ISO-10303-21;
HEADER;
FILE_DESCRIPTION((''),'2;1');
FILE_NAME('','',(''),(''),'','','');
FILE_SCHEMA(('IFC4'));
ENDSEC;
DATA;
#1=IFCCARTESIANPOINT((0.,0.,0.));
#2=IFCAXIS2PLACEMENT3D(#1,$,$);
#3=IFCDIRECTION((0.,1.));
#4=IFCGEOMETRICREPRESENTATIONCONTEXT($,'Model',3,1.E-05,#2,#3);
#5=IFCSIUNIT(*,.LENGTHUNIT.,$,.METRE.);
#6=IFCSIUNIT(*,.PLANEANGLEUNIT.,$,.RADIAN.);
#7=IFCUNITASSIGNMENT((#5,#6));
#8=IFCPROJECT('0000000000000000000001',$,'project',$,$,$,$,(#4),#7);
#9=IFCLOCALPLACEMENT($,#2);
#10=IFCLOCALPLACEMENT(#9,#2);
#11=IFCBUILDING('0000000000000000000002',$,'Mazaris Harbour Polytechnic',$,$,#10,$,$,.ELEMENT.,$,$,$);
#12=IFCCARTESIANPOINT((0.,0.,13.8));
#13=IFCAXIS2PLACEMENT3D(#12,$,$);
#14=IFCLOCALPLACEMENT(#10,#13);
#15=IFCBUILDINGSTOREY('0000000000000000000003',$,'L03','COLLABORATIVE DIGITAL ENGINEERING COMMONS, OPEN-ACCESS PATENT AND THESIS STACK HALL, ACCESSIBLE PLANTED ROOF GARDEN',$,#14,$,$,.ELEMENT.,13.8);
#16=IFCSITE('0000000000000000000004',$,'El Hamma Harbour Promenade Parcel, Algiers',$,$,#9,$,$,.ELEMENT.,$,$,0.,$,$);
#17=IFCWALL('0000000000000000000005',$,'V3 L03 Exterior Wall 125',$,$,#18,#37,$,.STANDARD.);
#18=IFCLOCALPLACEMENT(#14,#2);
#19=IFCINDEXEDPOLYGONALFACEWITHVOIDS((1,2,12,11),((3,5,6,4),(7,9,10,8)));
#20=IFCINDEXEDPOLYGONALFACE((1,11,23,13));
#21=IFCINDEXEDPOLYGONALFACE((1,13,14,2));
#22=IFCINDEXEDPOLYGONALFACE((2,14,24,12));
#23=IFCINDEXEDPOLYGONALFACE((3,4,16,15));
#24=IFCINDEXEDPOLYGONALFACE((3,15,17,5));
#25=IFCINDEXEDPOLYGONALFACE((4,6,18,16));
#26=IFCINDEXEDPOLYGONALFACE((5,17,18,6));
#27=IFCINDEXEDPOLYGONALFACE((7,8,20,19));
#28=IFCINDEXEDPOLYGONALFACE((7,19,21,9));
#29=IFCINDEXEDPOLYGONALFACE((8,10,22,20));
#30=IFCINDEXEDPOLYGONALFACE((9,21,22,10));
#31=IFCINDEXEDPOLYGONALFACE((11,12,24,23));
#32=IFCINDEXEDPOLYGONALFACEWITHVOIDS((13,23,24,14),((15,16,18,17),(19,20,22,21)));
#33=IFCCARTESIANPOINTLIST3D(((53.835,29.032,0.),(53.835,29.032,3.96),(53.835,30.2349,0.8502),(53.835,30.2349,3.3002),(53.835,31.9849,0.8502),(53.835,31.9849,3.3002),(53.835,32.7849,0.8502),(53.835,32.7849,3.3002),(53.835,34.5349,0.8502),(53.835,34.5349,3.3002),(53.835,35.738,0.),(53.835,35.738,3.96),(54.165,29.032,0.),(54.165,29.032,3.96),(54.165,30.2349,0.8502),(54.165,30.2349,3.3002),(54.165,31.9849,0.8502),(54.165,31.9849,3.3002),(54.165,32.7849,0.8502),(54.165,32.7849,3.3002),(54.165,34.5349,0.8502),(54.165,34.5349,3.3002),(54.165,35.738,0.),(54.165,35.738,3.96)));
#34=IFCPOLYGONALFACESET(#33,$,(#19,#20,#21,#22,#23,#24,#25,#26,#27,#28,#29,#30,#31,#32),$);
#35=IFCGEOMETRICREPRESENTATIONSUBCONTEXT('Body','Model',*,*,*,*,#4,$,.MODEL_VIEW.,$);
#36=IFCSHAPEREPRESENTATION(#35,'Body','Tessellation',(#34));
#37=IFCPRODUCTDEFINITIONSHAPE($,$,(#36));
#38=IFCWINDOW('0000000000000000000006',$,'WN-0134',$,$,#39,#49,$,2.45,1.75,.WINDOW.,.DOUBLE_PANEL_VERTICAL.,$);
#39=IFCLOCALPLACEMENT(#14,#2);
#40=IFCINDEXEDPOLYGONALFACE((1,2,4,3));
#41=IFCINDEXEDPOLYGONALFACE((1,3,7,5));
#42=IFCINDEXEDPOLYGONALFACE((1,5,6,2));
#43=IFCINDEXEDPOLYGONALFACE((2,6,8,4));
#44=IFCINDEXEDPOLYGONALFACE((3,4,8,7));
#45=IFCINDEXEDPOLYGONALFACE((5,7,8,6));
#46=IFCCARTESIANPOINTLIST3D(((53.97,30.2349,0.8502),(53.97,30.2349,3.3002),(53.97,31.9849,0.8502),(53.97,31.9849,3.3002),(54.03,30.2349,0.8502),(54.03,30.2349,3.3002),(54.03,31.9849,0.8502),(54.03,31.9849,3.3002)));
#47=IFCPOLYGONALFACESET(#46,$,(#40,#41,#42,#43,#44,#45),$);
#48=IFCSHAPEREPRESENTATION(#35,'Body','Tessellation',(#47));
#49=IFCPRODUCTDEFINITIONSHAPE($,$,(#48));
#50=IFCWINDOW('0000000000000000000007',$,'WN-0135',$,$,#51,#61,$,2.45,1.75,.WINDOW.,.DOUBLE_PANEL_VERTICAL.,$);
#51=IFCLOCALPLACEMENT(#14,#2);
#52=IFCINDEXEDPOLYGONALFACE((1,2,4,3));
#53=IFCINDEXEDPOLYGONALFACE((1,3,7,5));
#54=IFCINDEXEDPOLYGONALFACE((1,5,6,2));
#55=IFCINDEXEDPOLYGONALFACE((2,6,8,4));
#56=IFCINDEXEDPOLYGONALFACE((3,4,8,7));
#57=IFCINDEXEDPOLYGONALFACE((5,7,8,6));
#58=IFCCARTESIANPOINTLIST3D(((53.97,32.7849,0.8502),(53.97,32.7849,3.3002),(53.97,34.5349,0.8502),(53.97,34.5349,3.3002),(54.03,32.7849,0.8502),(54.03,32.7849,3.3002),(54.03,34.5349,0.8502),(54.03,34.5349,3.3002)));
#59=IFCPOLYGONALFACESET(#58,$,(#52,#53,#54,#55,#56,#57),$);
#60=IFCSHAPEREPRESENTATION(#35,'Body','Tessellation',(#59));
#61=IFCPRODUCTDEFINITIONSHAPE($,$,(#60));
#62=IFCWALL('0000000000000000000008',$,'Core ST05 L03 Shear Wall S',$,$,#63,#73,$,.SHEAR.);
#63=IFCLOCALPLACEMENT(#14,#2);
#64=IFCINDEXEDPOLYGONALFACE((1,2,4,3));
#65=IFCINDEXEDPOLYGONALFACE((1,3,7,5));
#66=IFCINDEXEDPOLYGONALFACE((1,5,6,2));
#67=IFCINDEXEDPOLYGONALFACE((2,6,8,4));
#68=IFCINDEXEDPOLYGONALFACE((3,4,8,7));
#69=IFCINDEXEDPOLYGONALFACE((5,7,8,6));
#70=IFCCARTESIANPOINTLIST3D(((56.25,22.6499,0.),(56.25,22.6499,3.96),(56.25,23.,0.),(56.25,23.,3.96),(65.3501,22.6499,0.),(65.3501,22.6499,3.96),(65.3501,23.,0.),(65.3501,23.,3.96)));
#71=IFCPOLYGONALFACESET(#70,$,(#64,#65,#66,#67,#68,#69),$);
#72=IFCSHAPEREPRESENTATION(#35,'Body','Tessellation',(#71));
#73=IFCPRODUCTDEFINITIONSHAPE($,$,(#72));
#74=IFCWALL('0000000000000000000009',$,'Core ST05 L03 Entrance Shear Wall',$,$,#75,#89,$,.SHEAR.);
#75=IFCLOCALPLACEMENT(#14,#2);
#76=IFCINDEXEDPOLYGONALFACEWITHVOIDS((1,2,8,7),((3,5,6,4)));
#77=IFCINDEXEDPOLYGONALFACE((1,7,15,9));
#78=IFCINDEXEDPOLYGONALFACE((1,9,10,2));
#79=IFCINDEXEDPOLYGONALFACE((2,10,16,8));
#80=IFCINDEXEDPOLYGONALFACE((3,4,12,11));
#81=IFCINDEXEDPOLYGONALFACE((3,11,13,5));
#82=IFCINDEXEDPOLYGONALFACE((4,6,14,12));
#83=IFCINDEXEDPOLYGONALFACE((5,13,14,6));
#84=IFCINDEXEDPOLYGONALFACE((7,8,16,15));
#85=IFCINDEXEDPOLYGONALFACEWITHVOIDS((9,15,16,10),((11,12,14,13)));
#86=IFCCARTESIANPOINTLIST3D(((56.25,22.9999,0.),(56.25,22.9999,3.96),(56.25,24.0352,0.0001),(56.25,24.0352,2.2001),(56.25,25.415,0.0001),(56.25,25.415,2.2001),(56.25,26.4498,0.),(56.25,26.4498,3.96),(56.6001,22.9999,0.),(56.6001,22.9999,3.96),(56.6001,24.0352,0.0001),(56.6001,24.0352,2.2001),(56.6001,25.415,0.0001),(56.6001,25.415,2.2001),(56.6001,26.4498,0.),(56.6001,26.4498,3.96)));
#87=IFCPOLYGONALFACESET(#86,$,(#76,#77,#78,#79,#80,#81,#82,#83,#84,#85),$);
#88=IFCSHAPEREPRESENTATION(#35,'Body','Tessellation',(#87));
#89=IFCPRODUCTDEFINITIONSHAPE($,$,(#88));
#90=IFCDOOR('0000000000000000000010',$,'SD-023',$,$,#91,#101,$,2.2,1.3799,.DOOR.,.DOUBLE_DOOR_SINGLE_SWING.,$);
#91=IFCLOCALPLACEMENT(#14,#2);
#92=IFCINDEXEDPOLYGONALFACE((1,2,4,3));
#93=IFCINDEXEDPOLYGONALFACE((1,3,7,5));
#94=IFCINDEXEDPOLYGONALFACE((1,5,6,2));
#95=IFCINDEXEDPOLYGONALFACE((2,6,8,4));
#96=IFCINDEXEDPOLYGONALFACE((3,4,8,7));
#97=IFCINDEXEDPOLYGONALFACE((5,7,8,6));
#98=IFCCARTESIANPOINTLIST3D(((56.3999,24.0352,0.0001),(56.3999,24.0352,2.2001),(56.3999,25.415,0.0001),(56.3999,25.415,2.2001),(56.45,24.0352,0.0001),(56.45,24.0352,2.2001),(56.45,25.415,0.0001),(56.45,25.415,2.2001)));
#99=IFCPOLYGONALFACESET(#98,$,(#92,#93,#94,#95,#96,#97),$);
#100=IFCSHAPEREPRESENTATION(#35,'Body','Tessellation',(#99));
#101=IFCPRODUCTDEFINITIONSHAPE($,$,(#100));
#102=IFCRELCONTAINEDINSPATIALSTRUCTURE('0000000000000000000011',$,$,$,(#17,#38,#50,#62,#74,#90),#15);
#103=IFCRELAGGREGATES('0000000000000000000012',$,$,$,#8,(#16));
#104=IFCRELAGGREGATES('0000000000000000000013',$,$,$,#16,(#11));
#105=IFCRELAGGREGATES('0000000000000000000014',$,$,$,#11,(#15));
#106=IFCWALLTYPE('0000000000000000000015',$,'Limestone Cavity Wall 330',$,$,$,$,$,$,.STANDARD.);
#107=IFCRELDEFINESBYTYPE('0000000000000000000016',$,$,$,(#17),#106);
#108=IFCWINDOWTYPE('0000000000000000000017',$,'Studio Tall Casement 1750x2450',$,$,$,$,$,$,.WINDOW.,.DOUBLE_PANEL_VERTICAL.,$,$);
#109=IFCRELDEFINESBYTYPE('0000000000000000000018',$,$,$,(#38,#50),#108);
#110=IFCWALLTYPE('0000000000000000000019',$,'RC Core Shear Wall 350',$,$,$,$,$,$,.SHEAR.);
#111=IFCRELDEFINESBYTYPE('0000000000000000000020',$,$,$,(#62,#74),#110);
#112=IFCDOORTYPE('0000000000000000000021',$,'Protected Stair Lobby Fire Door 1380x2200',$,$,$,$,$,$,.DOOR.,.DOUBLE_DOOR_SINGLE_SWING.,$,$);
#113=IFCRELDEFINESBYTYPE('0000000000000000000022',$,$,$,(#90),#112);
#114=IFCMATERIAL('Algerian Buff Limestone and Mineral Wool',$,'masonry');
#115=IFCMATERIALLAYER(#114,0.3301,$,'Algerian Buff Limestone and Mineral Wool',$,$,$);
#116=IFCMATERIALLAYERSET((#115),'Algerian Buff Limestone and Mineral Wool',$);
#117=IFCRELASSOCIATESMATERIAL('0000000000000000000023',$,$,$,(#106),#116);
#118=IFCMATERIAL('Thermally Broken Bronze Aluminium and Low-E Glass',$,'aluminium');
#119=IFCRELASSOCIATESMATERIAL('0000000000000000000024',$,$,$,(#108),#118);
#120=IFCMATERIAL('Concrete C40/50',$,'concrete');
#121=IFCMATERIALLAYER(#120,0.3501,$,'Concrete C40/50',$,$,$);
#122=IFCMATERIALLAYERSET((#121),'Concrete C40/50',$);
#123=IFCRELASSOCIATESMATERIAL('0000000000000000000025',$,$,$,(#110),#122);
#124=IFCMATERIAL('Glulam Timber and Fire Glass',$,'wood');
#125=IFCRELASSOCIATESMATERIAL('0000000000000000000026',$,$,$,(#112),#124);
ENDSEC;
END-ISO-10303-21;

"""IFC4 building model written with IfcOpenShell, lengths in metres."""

from ifc_helpers import new_model, si_unit, direction, frame, frame_2d, origin, place, context, subcontext, project, spatial, rectangle, extrude, material, layer, layer_set, type_object, element, fill, save


model = new_model("IFC4")

# Units and contexts
model_context = context("Model", 3, precision=1e-05, world=origin(), true_north=direction((0.0, 1.0)))
body_context = subcontext(model_context, "Body", "Model", "MODEL_VIEW")
ifc_project = project(units=[si_unit("LENGTHUNIT", "METRE"), si_unit("PLANEANGLEUNIT", "RADIAN")], contexts=[model_context])

# Site, building, storey
site_placement = place(None, origin())
site = spatial("IfcSite", under=ifc_project, at=site_placement, Name="El Hamma Harbour Promenade Parcel, Algiers", CompositionType="ELEMENT", RefElevation=0.0)
building_placement = place(site_placement, origin())
building = spatial("IfcBuilding", under=site, at=building_placement, Name="Mazaris Harbour Polytechnic", CompositionType="ELEMENT")
storey_placement = place(building_placement, frame((0.0, 0.0, 13.8)))
storey = spatial("IfcBuildingStorey", under=building, at=storey_placement, Name="L03", Description="COLLABORATIVE DIGITAL ENGINEERING COMMONS, OPEN-ACCESS PATENT AND THESIS STACK HALL, ACCESSIBLE PLANTED ROOF GARDEN", CompositionType="ELEMENT", Elevation=13.8)

# Wall, openings, windows
ifc_material_1 = material(Name="Algerian Buff Limestone and Mineral Wool", Category="masonry")
ifc_layer_1 = layer(ifc_material_1, 0.3301, Name="Algerian Buff Limestone and Mineral Wool")
ifc_layer_set_1 = layer_set([ifc_layer_1], Name="Algerian Buff Limestone and Mineral Wool")
wall_type_1 = type_object("IfcWallType", Name="Limestone Cavity Wall 330", PredefinedType="STANDARD", material=ifc_layer_set_1)
wall_1_placement = place(storey_placement, frame((54.0, 29.032, 0.0), z_axis=(0.0, 0.0, 1.0), x_axis=(0.0, 1.0, 0.0)))
wall_1 = element("IfcWall", 1, at=wall_1_placement, inside=storey, type_object=wall_type_1, Name="V3 L03 Exterior Wall 125", PredefinedType="STANDARD", context=body_context, shape_type="SweptSolid", body=[
    extrude(rectangle(XDim=6.7061, YDim=0.3301, at=frame_2d((3.353, 0.0))), origin(), (0.0, 0.0, 1.0), 3.96),
])
opening_1_placement = place(wall_1_placement, frame((1.2029, 0.0, 0.8501)))
opening_1 = element("IfcOpeningElement", 2, at=opening_1_placement, cuts=wall_1, PredefinedType="OPENING", context=body_context, shape_type="SweptSolid", body=[
    extrude(rectangle(XDim=1.75, YDim=2.45, at=frame_2d((0.875, 1.2251))), frame((0.0, 0.175, 0.0), z_axis=(0.0, -1.0, 0.0), x_axis=(1.0, 0.0, 0.0)), (0.0, 0.0, 1.0), 0.3501),
])
opening_2_placement = place(wall_1_placement, frame((3.7529, 0.0, 0.8501)))
opening_2 = element("IfcOpeningElement", 3, at=opening_2_placement, cuts=wall_1, PredefinedType="OPENING", context=body_context, shape_type="SweptSolid", body=[
    extrude(rectangle(XDim=1.75, YDim=2.45, at=frame_2d((0.875, 1.2251))), frame((0.0, 0.175, 0.0), z_axis=(0.0, -1.0, 0.0), x_axis=(1.0, 0.0, 0.0)), (0.0, 0.0, 1.0), 0.3501),
])
ifc_material_2 = material(Name="Thermally Broken Bronze Aluminium and Low-E Glass", Category="aluminium")
window_type = type_object("IfcWindowType", Name="Studio Tall Casement 1750x2450", PartitioningType="DOUBLE_PANEL_VERTICAL", PredefinedType="WINDOW", material=ifc_material_2)
window_1_placement = place(opening_1_placement, origin())
window_1 = element("IfcWindow", 4, at=window_1_placement, inside=storey, type_object=window_type, Name="WN-0134", OverallHeight=2.45, OverallWidth=1.75, PartitioningType="DOUBLE_PANEL_VERTICAL", PredefinedType="WINDOW", context=body_context, shape_type="SweptSolid", body=[
    extrude(rectangle(XDim=1.75, YDim=2.45, at=frame_2d((0.875, 1.2251))), frame((0.0, 0.03, 0.0), z_axis=(0.0, -1.0, 0.0), x_axis=(1.0, 0.0, 0.0)), (0.0, 0.0, 1.0), 0.0601),
])
fill(opening_1, window_1)
window_2_placement = place(opening_2_placement, origin())
window_2 = element("IfcWindow", 5, at=window_2_placement, inside=storey, type_object=window_type, Name="WN-0135", OverallHeight=2.45, OverallWidth=1.75, PartitioningType="DOUBLE_PANEL_VERTICAL", PredefinedType="WINDOW", context=body_context, shape_type="SweptSolid", body=[
    extrude(rectangle(XDim=1.75, YDim=2.45, at=frame_2d((0.875, 1.2251))), frame((0.0, 0.03, 0.0), z_axis=(0.0, -1.0, 0.0), x_axis=(1.0, 0.0, 0.0)), (0.0, 0.0, 1.0), 0.0601),
])
fill(opening_2, window_2)

# Wall
ifc_material_3 = material(Name="Concrete C40/50", Category="concrete")
ifc_layer_2 = layer(ifc_material_3, 0.3501, Name="Concrete C40/50")
ifc_layer_set_2 = layer_set([ifc_layer_2], Name="Concrete C40/50")
wall_type_2 = type_object("IfcWallType", Name="RC Core Shear Wall 350", PredefinedType="SHEAR", material=ifc_layer_set_2)
wall_2_placement = place(storey_placement, frame((56.25, 22.825, 0.0), z_axis=(0.0, 0.0, 1.0), x_axis=(1.0, 0.0, 0.0)))
element("IfcWall", 6, at=wall_2_placement, inside=storey, type_object=wall_type_2, Name="Core ST05 L03 Shear Wall S", PredefinedType="SHEAR", context=body_context, shape_type="SweptSolid", body=[
    extrude(rectangle(XDim=9.1001, YDim=0.3501, at=frame_2d((4.55, 0.0))), origin(), (0.0, 0.0, 1.0), 3.96),
])

# Wall, opening, door
wall_3_placement = place(storey_placement, frame((56.425, 26.45, 0.0), z_axis=(0.0, 0.0, 1.0), x_axis=(0.0, -1.0, 0.0)))
wall_3 = element("IfcWall", 7, at=wall_3_placement, inside=storey, type_object=wall_type_2, Name="Core ST05 L03 Entrance Shear Wall", PredefinedType="SHEAR", context=body_context, shape_type="SweptSolid", body=[
    extrude(rectangle(XDim=3.45, YDim=0.3501, at=frame_2d((1.7251, 0.0))), origin(), (0.0, 0.0, 1.0), 3.96),
])
opening_3_placement = place(wall_3_placement, frame((1.0349, 0.0, 0.0)))
opening_3 = element("IfcOpeningElement", 8, at=opening_3_placement, cuts=wall_3, PredefinedType="OPENING", context=body_context, shape_type="SweptSolid", body=[
    extrude(rectangle(XDim=1.3799, YDim=2.2, at=frame_2d((0.6899, 1.1001))), frame((0.0, 0.1851, 0.0), z_axis=(0.0, -1.0, 0.0), x_axis=(1.0, 0.0, 0.0)), (0.0, 0.0, 1.0), 0.3701),
])
ifc_material_4 = material(Name="Glulam Timber and Fire Glass", Category="wood")
door_type = type_object("IfcDoorType", Name="Protected Stair Lobby Fire Door 1380x2200", OperationType="DOUBLE_DOOR_SINGLE_SWING", PredefinedType="DOOR", material=ifc_material_4)
door_placement = place(opening_3_placement, origin())
door = element("IfcDoor", 9, at=door_placement, inside=storey, type_object=door_type, Name="SD-023", OperationType="DOUBLE_DOOR_SINGLE_SWING", OverallHeight=2.2, OverallWidth=1.3799, PredefinedType="DOOR", context=body_context, shape_type="SweptSolid", body=[
    extrude(rectangle(XDim=1.3799, YDim=2.2, at=frame_2d((0.6899, 1.1001))), frame((0.0, 0.0249, 0.0), z_axis=(0.0, -1.0, 0.0), x_axis=(1.0, 0.0, 0.0)), (0.0, 0.0, 1.0), 0.05),
])
fill(opening_3, door)

save(model, "model.ifc")
